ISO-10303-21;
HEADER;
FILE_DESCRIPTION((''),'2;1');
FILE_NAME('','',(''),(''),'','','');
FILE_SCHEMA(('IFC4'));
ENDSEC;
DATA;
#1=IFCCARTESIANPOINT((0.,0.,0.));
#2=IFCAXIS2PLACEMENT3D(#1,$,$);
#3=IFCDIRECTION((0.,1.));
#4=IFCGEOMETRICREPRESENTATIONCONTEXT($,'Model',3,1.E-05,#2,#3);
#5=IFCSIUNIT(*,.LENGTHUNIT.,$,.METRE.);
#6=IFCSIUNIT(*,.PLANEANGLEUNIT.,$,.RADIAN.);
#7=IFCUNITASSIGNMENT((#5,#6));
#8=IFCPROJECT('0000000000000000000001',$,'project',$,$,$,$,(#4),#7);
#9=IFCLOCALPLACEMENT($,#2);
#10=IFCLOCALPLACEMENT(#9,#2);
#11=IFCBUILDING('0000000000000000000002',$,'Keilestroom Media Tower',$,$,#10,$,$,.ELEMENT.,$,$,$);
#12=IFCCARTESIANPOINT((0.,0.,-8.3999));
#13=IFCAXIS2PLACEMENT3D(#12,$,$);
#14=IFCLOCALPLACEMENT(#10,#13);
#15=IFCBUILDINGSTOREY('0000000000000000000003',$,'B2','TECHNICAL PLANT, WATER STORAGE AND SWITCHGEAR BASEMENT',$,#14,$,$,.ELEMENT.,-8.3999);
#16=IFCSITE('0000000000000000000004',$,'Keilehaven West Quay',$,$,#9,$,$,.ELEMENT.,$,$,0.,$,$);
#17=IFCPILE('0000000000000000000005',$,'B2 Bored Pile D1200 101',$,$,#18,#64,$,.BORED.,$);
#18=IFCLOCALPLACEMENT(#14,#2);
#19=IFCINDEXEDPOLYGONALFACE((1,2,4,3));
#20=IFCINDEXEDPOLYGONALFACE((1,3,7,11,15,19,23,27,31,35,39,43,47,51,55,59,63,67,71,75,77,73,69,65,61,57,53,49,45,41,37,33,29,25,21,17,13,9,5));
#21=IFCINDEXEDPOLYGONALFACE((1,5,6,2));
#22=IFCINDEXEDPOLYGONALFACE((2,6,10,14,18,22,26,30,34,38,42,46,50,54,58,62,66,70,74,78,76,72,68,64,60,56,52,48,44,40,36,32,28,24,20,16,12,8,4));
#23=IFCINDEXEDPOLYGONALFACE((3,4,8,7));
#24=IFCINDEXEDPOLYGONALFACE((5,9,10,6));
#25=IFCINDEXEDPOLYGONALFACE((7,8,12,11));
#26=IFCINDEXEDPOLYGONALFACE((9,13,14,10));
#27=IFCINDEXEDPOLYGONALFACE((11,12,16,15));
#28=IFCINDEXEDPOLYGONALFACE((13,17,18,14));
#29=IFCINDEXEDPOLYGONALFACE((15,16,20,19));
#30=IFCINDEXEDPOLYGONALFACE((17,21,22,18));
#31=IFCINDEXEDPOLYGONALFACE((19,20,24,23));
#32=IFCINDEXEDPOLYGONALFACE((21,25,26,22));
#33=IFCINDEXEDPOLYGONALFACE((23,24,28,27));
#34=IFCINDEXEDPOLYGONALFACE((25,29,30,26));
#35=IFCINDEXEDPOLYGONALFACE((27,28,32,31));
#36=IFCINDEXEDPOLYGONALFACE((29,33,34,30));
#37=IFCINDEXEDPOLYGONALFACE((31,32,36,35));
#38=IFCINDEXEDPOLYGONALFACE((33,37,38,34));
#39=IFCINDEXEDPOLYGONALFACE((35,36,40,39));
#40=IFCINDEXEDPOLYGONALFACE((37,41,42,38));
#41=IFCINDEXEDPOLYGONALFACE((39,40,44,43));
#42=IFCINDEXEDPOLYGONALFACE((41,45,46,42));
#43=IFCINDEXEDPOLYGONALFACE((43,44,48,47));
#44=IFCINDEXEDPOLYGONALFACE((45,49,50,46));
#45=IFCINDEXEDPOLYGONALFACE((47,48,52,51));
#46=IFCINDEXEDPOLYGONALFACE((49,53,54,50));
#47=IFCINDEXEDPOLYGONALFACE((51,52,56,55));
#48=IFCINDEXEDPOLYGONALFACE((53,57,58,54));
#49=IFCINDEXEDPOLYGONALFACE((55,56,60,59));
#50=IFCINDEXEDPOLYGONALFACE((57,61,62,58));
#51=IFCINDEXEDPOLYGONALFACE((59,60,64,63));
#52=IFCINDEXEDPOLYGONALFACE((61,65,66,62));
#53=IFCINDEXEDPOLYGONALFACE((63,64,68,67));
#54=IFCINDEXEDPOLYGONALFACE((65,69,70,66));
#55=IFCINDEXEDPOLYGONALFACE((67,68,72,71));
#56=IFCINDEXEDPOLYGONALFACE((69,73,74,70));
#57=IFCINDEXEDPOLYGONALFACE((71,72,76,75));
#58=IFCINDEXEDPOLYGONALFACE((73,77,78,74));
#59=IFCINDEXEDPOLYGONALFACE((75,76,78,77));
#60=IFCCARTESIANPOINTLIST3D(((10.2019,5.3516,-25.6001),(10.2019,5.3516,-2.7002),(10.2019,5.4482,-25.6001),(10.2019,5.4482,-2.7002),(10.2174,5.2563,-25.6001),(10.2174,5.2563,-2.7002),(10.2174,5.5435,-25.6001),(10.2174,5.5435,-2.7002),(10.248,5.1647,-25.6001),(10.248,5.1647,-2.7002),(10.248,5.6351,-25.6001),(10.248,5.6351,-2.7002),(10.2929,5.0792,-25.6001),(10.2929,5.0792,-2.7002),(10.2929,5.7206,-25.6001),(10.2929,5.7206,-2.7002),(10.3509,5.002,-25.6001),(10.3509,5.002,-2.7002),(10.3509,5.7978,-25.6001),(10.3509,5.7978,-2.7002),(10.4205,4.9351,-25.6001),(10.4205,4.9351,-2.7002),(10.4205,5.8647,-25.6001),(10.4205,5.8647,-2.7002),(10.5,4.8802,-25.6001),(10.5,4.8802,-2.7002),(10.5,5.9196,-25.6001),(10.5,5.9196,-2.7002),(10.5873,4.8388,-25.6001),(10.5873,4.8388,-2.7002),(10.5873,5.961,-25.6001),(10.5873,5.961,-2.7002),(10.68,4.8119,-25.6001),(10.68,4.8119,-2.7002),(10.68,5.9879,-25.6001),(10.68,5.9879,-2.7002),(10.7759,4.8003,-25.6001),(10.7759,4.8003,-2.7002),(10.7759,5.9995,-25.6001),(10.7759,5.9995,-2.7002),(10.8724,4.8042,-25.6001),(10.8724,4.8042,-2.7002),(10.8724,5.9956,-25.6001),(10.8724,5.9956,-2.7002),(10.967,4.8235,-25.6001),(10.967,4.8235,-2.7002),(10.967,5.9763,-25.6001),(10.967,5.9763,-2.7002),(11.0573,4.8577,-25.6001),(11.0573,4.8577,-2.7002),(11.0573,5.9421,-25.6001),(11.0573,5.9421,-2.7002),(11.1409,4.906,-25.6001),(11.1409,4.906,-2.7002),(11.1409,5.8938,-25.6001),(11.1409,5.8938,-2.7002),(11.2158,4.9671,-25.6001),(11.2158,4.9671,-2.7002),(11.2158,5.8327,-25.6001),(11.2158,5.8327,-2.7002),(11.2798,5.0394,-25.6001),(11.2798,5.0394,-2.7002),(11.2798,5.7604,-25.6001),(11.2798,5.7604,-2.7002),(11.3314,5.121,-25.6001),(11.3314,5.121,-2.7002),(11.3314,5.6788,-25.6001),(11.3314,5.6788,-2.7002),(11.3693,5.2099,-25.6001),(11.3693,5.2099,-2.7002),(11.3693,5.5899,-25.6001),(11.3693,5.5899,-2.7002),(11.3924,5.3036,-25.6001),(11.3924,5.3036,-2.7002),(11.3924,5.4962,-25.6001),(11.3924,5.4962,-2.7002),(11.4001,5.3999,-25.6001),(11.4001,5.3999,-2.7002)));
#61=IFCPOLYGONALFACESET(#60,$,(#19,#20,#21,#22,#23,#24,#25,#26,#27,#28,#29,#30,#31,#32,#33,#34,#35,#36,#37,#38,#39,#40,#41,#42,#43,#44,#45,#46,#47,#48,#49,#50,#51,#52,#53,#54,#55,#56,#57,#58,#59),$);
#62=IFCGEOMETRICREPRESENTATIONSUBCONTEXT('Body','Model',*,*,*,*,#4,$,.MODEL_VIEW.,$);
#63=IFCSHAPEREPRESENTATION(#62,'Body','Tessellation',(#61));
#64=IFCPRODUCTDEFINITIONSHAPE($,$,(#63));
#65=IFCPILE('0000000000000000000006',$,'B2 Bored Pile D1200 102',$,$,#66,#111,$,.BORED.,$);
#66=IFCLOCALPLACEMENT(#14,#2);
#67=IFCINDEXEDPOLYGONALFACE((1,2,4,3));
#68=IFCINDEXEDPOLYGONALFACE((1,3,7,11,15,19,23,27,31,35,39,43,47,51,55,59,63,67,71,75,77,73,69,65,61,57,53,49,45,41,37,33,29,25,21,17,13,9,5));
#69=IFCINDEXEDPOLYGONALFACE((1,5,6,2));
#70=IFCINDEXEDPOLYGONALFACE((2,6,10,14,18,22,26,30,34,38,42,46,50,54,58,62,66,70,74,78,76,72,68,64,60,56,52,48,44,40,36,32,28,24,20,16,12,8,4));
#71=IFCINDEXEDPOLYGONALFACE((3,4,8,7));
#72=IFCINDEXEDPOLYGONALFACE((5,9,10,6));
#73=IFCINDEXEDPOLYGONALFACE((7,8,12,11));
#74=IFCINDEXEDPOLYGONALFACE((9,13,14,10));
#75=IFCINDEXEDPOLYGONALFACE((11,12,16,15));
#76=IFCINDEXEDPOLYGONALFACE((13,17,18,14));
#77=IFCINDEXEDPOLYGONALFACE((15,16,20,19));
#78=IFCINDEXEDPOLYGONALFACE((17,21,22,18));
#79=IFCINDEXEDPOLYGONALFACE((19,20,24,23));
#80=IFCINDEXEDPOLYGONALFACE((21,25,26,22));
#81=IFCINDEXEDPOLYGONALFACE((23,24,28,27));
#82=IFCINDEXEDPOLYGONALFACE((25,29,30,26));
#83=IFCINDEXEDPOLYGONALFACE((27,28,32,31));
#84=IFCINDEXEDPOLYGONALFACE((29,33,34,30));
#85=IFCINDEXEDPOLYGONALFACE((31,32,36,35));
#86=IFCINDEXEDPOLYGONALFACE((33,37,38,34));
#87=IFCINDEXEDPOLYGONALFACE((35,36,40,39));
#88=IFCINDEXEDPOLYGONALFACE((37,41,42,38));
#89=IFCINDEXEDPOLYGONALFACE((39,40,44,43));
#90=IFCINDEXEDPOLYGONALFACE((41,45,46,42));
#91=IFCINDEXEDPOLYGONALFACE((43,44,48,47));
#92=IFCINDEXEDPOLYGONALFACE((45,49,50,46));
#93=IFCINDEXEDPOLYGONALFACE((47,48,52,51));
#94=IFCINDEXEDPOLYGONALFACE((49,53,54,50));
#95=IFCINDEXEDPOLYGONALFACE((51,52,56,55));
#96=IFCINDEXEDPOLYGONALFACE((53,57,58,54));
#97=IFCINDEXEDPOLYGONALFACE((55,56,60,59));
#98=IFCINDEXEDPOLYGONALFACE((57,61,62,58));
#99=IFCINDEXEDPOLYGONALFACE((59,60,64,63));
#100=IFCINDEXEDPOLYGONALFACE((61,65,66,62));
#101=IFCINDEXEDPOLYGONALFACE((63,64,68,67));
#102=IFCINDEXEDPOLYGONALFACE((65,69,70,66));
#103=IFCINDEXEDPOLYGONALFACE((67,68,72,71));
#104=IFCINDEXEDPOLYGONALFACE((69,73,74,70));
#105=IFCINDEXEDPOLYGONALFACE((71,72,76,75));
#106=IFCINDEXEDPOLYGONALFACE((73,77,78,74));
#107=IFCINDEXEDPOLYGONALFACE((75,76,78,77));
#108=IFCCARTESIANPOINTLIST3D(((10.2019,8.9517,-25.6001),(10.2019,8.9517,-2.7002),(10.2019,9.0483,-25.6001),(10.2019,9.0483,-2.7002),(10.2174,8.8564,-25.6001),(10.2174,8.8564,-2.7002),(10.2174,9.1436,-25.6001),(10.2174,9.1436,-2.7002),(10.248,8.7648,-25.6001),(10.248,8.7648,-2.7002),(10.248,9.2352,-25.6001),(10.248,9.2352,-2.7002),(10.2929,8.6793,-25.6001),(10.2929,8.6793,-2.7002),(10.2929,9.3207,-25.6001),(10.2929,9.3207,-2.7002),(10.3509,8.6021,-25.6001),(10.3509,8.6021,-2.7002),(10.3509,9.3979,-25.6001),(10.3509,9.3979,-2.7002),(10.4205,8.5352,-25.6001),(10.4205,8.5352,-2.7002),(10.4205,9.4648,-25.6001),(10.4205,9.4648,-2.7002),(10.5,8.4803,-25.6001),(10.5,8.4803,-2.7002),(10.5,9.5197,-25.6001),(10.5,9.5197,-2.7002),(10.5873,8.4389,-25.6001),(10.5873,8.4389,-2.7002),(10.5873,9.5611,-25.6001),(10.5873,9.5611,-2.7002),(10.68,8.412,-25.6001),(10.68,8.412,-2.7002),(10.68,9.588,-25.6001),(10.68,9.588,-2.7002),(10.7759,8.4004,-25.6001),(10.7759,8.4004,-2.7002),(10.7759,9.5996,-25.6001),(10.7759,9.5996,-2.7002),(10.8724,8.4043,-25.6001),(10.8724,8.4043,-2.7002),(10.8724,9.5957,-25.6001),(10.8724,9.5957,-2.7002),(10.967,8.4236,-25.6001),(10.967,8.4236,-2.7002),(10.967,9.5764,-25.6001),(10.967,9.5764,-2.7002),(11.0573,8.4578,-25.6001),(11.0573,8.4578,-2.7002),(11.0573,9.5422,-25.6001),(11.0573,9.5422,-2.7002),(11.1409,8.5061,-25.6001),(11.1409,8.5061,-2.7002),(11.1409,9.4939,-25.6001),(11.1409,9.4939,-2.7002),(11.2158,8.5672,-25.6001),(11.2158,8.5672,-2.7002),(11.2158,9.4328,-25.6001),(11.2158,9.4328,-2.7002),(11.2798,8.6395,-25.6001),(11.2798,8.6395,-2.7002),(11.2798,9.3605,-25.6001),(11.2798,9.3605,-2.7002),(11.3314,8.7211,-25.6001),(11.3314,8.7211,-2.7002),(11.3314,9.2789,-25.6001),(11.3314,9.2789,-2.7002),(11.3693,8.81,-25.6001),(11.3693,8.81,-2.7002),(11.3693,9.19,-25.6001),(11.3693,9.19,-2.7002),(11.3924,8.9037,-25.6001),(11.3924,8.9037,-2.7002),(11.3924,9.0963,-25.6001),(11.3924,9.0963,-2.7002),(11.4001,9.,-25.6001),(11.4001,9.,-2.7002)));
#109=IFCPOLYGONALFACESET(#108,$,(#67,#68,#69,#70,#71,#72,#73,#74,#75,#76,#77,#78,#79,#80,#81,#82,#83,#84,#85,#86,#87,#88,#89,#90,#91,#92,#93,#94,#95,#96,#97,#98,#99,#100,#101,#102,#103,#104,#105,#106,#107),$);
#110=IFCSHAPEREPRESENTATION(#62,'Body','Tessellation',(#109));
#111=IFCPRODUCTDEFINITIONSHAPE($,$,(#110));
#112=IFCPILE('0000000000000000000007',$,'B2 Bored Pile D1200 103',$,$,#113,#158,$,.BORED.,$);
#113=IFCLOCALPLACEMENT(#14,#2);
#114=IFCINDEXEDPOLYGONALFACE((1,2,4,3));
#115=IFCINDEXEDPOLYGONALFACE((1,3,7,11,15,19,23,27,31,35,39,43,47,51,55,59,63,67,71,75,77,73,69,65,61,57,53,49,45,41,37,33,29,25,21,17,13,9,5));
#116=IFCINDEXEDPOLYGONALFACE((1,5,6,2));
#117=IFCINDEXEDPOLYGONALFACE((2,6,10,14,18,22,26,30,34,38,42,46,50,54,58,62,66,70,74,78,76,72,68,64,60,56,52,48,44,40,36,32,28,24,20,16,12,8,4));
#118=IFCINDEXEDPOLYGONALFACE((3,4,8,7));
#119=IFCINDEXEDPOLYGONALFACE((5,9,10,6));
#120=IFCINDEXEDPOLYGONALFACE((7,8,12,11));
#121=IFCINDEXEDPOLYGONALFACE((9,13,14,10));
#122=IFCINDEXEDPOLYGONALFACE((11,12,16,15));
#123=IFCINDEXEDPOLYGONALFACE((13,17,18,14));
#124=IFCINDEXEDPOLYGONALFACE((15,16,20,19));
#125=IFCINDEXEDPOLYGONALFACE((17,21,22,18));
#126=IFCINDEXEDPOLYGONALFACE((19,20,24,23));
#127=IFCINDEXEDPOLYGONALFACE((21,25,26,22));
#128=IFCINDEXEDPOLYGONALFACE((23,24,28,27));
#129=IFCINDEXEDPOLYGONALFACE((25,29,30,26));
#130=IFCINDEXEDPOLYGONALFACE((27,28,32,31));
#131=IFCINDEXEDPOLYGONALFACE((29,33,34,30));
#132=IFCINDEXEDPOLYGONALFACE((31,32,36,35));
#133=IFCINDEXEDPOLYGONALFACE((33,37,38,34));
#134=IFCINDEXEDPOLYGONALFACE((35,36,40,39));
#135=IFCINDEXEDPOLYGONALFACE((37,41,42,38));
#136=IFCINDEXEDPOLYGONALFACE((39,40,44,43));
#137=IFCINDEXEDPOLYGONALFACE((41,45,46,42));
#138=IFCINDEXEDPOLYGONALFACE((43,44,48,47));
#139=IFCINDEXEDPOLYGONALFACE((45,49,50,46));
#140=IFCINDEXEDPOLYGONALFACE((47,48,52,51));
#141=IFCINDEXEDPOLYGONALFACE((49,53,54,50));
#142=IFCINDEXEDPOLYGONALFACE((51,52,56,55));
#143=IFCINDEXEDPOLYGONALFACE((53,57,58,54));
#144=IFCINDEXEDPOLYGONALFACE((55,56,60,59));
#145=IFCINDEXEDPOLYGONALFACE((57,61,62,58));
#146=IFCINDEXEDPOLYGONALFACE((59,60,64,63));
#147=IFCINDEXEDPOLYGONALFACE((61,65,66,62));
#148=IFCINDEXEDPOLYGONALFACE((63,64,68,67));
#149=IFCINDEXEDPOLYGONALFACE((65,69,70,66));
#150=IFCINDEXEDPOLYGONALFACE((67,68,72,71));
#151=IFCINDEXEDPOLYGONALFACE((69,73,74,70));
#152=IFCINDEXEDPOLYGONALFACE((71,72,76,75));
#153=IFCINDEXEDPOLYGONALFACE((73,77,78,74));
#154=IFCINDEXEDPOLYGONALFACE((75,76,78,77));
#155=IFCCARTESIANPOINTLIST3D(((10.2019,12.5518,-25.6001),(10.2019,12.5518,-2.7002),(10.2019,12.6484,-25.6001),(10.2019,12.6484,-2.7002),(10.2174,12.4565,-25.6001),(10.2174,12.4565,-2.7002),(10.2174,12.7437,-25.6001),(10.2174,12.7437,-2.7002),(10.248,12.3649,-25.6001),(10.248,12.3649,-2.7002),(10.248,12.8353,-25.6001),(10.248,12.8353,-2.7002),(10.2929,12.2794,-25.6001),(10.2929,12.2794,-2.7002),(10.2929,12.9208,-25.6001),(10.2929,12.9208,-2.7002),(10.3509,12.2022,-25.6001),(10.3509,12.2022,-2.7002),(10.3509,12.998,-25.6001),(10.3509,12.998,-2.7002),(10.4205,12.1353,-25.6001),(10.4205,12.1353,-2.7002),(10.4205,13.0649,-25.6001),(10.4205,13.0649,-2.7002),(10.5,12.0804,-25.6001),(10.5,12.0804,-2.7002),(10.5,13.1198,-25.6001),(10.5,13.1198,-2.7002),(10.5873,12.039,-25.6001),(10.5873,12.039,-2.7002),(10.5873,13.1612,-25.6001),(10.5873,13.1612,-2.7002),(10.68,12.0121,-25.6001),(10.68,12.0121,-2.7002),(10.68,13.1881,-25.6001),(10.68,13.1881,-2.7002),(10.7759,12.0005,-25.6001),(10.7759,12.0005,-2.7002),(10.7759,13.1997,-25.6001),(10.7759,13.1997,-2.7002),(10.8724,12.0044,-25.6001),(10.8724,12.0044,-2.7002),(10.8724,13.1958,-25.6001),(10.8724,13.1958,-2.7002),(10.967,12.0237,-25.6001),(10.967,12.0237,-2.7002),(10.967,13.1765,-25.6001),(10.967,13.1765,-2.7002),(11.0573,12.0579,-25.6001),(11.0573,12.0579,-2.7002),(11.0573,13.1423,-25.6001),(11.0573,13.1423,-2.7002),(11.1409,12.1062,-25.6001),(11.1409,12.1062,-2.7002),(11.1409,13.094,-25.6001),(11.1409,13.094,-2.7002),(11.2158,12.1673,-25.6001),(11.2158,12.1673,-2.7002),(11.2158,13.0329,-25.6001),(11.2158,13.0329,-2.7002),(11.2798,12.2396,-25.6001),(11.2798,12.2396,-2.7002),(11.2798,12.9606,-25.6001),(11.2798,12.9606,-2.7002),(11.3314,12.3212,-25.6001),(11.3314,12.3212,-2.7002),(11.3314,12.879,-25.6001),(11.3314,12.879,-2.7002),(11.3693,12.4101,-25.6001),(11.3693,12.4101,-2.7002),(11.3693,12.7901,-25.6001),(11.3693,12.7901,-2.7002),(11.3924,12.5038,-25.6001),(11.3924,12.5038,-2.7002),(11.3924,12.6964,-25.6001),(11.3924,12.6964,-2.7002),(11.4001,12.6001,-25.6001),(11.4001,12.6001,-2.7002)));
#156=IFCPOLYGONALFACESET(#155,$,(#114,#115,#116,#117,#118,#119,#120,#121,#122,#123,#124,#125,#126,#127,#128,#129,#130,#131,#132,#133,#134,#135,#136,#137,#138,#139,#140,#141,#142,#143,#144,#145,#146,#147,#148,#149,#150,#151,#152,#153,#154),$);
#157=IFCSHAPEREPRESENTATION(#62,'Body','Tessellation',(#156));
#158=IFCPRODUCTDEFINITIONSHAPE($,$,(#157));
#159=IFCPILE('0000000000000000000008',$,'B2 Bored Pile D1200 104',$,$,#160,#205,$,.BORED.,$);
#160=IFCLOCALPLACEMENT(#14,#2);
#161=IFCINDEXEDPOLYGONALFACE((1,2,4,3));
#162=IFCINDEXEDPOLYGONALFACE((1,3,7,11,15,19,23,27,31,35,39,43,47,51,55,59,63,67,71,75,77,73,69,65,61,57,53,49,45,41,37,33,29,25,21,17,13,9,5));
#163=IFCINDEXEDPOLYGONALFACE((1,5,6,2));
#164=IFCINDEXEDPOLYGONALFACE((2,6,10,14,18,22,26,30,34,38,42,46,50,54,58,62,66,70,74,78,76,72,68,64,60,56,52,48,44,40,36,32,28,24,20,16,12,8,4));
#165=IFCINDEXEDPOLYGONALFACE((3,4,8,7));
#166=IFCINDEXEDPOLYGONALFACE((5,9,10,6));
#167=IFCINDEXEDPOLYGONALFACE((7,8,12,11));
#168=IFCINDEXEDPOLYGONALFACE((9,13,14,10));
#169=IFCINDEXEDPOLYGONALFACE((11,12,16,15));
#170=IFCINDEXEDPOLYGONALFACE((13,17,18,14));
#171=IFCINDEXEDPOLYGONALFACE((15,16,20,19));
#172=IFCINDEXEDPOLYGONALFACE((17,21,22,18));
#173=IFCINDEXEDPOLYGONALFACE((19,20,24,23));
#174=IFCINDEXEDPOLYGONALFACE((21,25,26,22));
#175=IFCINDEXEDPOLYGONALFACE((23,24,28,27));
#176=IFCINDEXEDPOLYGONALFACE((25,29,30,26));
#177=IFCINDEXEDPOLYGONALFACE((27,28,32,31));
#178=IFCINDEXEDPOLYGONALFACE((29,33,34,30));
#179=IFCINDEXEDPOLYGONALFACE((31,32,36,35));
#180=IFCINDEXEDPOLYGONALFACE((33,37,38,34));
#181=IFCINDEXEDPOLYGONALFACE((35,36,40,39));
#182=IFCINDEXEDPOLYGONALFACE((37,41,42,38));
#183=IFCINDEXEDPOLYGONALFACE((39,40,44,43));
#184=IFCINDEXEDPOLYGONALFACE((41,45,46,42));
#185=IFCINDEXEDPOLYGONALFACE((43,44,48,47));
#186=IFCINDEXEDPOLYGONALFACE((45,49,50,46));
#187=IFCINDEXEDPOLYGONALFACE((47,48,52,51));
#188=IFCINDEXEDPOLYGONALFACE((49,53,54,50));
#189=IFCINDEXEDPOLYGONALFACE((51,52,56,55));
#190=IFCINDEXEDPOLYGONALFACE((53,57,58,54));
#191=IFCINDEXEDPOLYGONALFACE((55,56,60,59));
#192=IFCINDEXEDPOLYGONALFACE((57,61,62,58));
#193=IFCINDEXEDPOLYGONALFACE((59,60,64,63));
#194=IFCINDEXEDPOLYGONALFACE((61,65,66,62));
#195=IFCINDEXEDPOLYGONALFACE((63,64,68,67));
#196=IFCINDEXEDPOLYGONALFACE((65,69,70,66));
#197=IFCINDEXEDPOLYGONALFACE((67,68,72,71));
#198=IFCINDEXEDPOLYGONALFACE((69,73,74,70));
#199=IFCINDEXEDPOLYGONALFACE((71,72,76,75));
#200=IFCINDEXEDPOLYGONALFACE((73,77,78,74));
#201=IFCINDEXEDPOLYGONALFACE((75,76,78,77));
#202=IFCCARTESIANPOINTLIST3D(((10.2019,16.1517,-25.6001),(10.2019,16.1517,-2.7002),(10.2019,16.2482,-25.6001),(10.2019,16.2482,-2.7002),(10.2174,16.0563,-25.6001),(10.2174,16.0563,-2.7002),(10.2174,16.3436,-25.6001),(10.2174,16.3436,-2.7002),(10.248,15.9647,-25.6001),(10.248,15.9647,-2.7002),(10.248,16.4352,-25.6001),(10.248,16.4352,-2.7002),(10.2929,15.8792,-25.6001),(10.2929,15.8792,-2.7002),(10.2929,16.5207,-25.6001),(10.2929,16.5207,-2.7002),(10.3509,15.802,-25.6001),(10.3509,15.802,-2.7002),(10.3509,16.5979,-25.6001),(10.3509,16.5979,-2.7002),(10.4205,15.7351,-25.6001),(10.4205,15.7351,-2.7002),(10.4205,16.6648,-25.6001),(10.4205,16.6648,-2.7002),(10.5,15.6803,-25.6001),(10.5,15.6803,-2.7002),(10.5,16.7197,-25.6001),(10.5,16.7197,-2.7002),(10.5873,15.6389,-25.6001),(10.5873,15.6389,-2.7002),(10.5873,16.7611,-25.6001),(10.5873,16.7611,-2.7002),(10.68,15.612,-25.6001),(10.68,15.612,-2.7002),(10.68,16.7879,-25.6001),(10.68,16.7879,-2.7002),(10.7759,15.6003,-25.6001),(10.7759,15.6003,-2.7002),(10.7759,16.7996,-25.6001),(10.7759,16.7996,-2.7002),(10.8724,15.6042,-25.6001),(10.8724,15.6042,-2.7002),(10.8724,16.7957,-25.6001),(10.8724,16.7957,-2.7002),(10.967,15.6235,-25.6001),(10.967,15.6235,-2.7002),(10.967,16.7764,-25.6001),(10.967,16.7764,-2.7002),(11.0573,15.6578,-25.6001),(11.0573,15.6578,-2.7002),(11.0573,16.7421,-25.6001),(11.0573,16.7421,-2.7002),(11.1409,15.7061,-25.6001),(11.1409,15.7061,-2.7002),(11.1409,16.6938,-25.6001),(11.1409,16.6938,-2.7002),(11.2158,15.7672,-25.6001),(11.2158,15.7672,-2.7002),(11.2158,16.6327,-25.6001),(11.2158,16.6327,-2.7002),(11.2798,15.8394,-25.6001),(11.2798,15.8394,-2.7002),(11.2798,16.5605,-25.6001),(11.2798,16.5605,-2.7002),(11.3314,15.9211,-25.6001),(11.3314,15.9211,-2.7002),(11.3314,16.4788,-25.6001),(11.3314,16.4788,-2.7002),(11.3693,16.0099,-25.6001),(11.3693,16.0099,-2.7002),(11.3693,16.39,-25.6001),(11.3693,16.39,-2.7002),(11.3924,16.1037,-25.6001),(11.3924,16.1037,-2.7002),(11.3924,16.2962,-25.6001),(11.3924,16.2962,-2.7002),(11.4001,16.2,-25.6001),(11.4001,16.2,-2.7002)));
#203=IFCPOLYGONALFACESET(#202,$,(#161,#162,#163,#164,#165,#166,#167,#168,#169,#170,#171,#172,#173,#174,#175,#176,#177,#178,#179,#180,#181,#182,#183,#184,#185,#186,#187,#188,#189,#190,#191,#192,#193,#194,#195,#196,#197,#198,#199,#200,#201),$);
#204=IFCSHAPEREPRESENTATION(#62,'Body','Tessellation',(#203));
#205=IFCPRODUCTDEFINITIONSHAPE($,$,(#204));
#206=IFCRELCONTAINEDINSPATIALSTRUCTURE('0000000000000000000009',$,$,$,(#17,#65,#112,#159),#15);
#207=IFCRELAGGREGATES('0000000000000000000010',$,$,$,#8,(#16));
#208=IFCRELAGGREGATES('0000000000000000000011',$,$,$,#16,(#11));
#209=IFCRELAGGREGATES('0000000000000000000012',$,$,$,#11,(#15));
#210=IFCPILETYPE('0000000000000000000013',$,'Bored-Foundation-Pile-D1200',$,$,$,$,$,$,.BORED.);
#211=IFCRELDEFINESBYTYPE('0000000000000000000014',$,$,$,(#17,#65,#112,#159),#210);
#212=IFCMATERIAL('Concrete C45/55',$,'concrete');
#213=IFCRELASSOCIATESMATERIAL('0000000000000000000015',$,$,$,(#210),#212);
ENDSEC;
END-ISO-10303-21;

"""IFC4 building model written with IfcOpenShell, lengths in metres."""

from ifc_helpers import new_model, si_unit, direction, frame, origin, origin_2d, place, context, subcontext, project, spatial, circle, extrude, source, transform, mapped, material, material_profile, profile_set, type_object, element, save


model = new_model("IFC4")

# Units and contexts
model_context = context("Model", 3, precision=1e-05, world=origin(), true_north=direction((0.0, 1.0)))
body_context = subcontext(model_context, "Body", "Model", "MODEL_VIEW")
ifc_project = project(units=[si_unit("LENGTHUNIT", "METRE"), si_unit("PLANEANGLEUNIT", "RADIAN")], contexts=[model_context])

# Site, building, storey
site_placement = place(None, origin())
site = spatial("IfcSite", under=ifc_project, at=site_placement, Name="Keilehaven West Quay", CompositionType="ELEMENT", RefElevation=0.0)
building_placement = place(site_placement, origin())
building = spatial("IfcBuilding", under=site, at=building_placement, Name="Keilestroom Media Tower", CompositionType="ELEMENT")
storey_placement = place(building_placement, frame((0.0, 0.0, -8.3999)))
storey = spatial("IfcBuildingStorey", under=building, at=storey_placement, Name="B2", Description="TECHNICAL PLANT, WATER STORAGE AND SWITCHGEAR BASEMENT", CompositionType="ELEMENT", Elevation=-8.3999)

# Piles
ifc_material_1 = material(Name="Concrete C45/55", Category="concrete")
ifc_material_profile_1 = material_profile(ifc_material_1, circle(Radius=0.6001, at=origin_2d()), Name="BORED PILE D1200")
ifc_profile_set_1 = profile_set([ifc_material_profile_1], Name="Concrete C45/55")
pile_type_1 = type_object("IfcPileType", Name="Bored-Foundation-Pile-D1200", PredefinedType="BORED", material=ifc_profile_set_1)
shared_shape_1 = source(origin(), body_context, "Body", "SweptSolid", [
    extrude(circle(Radius=0.6001, at=origin_2d()), origin(), (0.0, 0.0, 1.0), 22.8999),
])
for number, where, z_axis, x_axis, name in (
    (1, (10.8, 5.3999, -2.7002), (0.0, 0.0, -1.0), (1.0, 0.0, 0.0), "B2 Bored Pile D1200 101"),
    (2, (10.8, 9.0, -2.7002), (0.0, 0.0, -1.0), (1.0, 0.0, 0.0), "B2 Bored Pile D1200 102"),
    (3, (10.8, 12.6001, -2.7002), (0.0, 0.0, -1.0), (1.0, 0.0, 0.0), "B2 Bored Pile D1200 103"),
    (4, (10.8, 16.2, -2.7002), (0.0, 0.0, -1.0), (1.0, 0.0, 0.0), "B2 Bored Pile D1200 104"),
):
    element("IfcPile", number, at=place(storey_placement, frame(where, z_axis=z_axis, x_axis=x_axis)), inside=storey, type_object=pile_type_1, Name=name, PredefinedType="BORED", context=body_context, shape_type="MappedRepresentation", body=[
        mapped(shared_shape_1, transform((0.0, 0.0, 0.0), x_axis=(1.0, 0.0, 0.0), y_axis=(0.0, 1.0, 0.0), z_axis=(0.0, 0.0, 1.0), scale=1.0)),
    ])

save(model, "model.ifc")
